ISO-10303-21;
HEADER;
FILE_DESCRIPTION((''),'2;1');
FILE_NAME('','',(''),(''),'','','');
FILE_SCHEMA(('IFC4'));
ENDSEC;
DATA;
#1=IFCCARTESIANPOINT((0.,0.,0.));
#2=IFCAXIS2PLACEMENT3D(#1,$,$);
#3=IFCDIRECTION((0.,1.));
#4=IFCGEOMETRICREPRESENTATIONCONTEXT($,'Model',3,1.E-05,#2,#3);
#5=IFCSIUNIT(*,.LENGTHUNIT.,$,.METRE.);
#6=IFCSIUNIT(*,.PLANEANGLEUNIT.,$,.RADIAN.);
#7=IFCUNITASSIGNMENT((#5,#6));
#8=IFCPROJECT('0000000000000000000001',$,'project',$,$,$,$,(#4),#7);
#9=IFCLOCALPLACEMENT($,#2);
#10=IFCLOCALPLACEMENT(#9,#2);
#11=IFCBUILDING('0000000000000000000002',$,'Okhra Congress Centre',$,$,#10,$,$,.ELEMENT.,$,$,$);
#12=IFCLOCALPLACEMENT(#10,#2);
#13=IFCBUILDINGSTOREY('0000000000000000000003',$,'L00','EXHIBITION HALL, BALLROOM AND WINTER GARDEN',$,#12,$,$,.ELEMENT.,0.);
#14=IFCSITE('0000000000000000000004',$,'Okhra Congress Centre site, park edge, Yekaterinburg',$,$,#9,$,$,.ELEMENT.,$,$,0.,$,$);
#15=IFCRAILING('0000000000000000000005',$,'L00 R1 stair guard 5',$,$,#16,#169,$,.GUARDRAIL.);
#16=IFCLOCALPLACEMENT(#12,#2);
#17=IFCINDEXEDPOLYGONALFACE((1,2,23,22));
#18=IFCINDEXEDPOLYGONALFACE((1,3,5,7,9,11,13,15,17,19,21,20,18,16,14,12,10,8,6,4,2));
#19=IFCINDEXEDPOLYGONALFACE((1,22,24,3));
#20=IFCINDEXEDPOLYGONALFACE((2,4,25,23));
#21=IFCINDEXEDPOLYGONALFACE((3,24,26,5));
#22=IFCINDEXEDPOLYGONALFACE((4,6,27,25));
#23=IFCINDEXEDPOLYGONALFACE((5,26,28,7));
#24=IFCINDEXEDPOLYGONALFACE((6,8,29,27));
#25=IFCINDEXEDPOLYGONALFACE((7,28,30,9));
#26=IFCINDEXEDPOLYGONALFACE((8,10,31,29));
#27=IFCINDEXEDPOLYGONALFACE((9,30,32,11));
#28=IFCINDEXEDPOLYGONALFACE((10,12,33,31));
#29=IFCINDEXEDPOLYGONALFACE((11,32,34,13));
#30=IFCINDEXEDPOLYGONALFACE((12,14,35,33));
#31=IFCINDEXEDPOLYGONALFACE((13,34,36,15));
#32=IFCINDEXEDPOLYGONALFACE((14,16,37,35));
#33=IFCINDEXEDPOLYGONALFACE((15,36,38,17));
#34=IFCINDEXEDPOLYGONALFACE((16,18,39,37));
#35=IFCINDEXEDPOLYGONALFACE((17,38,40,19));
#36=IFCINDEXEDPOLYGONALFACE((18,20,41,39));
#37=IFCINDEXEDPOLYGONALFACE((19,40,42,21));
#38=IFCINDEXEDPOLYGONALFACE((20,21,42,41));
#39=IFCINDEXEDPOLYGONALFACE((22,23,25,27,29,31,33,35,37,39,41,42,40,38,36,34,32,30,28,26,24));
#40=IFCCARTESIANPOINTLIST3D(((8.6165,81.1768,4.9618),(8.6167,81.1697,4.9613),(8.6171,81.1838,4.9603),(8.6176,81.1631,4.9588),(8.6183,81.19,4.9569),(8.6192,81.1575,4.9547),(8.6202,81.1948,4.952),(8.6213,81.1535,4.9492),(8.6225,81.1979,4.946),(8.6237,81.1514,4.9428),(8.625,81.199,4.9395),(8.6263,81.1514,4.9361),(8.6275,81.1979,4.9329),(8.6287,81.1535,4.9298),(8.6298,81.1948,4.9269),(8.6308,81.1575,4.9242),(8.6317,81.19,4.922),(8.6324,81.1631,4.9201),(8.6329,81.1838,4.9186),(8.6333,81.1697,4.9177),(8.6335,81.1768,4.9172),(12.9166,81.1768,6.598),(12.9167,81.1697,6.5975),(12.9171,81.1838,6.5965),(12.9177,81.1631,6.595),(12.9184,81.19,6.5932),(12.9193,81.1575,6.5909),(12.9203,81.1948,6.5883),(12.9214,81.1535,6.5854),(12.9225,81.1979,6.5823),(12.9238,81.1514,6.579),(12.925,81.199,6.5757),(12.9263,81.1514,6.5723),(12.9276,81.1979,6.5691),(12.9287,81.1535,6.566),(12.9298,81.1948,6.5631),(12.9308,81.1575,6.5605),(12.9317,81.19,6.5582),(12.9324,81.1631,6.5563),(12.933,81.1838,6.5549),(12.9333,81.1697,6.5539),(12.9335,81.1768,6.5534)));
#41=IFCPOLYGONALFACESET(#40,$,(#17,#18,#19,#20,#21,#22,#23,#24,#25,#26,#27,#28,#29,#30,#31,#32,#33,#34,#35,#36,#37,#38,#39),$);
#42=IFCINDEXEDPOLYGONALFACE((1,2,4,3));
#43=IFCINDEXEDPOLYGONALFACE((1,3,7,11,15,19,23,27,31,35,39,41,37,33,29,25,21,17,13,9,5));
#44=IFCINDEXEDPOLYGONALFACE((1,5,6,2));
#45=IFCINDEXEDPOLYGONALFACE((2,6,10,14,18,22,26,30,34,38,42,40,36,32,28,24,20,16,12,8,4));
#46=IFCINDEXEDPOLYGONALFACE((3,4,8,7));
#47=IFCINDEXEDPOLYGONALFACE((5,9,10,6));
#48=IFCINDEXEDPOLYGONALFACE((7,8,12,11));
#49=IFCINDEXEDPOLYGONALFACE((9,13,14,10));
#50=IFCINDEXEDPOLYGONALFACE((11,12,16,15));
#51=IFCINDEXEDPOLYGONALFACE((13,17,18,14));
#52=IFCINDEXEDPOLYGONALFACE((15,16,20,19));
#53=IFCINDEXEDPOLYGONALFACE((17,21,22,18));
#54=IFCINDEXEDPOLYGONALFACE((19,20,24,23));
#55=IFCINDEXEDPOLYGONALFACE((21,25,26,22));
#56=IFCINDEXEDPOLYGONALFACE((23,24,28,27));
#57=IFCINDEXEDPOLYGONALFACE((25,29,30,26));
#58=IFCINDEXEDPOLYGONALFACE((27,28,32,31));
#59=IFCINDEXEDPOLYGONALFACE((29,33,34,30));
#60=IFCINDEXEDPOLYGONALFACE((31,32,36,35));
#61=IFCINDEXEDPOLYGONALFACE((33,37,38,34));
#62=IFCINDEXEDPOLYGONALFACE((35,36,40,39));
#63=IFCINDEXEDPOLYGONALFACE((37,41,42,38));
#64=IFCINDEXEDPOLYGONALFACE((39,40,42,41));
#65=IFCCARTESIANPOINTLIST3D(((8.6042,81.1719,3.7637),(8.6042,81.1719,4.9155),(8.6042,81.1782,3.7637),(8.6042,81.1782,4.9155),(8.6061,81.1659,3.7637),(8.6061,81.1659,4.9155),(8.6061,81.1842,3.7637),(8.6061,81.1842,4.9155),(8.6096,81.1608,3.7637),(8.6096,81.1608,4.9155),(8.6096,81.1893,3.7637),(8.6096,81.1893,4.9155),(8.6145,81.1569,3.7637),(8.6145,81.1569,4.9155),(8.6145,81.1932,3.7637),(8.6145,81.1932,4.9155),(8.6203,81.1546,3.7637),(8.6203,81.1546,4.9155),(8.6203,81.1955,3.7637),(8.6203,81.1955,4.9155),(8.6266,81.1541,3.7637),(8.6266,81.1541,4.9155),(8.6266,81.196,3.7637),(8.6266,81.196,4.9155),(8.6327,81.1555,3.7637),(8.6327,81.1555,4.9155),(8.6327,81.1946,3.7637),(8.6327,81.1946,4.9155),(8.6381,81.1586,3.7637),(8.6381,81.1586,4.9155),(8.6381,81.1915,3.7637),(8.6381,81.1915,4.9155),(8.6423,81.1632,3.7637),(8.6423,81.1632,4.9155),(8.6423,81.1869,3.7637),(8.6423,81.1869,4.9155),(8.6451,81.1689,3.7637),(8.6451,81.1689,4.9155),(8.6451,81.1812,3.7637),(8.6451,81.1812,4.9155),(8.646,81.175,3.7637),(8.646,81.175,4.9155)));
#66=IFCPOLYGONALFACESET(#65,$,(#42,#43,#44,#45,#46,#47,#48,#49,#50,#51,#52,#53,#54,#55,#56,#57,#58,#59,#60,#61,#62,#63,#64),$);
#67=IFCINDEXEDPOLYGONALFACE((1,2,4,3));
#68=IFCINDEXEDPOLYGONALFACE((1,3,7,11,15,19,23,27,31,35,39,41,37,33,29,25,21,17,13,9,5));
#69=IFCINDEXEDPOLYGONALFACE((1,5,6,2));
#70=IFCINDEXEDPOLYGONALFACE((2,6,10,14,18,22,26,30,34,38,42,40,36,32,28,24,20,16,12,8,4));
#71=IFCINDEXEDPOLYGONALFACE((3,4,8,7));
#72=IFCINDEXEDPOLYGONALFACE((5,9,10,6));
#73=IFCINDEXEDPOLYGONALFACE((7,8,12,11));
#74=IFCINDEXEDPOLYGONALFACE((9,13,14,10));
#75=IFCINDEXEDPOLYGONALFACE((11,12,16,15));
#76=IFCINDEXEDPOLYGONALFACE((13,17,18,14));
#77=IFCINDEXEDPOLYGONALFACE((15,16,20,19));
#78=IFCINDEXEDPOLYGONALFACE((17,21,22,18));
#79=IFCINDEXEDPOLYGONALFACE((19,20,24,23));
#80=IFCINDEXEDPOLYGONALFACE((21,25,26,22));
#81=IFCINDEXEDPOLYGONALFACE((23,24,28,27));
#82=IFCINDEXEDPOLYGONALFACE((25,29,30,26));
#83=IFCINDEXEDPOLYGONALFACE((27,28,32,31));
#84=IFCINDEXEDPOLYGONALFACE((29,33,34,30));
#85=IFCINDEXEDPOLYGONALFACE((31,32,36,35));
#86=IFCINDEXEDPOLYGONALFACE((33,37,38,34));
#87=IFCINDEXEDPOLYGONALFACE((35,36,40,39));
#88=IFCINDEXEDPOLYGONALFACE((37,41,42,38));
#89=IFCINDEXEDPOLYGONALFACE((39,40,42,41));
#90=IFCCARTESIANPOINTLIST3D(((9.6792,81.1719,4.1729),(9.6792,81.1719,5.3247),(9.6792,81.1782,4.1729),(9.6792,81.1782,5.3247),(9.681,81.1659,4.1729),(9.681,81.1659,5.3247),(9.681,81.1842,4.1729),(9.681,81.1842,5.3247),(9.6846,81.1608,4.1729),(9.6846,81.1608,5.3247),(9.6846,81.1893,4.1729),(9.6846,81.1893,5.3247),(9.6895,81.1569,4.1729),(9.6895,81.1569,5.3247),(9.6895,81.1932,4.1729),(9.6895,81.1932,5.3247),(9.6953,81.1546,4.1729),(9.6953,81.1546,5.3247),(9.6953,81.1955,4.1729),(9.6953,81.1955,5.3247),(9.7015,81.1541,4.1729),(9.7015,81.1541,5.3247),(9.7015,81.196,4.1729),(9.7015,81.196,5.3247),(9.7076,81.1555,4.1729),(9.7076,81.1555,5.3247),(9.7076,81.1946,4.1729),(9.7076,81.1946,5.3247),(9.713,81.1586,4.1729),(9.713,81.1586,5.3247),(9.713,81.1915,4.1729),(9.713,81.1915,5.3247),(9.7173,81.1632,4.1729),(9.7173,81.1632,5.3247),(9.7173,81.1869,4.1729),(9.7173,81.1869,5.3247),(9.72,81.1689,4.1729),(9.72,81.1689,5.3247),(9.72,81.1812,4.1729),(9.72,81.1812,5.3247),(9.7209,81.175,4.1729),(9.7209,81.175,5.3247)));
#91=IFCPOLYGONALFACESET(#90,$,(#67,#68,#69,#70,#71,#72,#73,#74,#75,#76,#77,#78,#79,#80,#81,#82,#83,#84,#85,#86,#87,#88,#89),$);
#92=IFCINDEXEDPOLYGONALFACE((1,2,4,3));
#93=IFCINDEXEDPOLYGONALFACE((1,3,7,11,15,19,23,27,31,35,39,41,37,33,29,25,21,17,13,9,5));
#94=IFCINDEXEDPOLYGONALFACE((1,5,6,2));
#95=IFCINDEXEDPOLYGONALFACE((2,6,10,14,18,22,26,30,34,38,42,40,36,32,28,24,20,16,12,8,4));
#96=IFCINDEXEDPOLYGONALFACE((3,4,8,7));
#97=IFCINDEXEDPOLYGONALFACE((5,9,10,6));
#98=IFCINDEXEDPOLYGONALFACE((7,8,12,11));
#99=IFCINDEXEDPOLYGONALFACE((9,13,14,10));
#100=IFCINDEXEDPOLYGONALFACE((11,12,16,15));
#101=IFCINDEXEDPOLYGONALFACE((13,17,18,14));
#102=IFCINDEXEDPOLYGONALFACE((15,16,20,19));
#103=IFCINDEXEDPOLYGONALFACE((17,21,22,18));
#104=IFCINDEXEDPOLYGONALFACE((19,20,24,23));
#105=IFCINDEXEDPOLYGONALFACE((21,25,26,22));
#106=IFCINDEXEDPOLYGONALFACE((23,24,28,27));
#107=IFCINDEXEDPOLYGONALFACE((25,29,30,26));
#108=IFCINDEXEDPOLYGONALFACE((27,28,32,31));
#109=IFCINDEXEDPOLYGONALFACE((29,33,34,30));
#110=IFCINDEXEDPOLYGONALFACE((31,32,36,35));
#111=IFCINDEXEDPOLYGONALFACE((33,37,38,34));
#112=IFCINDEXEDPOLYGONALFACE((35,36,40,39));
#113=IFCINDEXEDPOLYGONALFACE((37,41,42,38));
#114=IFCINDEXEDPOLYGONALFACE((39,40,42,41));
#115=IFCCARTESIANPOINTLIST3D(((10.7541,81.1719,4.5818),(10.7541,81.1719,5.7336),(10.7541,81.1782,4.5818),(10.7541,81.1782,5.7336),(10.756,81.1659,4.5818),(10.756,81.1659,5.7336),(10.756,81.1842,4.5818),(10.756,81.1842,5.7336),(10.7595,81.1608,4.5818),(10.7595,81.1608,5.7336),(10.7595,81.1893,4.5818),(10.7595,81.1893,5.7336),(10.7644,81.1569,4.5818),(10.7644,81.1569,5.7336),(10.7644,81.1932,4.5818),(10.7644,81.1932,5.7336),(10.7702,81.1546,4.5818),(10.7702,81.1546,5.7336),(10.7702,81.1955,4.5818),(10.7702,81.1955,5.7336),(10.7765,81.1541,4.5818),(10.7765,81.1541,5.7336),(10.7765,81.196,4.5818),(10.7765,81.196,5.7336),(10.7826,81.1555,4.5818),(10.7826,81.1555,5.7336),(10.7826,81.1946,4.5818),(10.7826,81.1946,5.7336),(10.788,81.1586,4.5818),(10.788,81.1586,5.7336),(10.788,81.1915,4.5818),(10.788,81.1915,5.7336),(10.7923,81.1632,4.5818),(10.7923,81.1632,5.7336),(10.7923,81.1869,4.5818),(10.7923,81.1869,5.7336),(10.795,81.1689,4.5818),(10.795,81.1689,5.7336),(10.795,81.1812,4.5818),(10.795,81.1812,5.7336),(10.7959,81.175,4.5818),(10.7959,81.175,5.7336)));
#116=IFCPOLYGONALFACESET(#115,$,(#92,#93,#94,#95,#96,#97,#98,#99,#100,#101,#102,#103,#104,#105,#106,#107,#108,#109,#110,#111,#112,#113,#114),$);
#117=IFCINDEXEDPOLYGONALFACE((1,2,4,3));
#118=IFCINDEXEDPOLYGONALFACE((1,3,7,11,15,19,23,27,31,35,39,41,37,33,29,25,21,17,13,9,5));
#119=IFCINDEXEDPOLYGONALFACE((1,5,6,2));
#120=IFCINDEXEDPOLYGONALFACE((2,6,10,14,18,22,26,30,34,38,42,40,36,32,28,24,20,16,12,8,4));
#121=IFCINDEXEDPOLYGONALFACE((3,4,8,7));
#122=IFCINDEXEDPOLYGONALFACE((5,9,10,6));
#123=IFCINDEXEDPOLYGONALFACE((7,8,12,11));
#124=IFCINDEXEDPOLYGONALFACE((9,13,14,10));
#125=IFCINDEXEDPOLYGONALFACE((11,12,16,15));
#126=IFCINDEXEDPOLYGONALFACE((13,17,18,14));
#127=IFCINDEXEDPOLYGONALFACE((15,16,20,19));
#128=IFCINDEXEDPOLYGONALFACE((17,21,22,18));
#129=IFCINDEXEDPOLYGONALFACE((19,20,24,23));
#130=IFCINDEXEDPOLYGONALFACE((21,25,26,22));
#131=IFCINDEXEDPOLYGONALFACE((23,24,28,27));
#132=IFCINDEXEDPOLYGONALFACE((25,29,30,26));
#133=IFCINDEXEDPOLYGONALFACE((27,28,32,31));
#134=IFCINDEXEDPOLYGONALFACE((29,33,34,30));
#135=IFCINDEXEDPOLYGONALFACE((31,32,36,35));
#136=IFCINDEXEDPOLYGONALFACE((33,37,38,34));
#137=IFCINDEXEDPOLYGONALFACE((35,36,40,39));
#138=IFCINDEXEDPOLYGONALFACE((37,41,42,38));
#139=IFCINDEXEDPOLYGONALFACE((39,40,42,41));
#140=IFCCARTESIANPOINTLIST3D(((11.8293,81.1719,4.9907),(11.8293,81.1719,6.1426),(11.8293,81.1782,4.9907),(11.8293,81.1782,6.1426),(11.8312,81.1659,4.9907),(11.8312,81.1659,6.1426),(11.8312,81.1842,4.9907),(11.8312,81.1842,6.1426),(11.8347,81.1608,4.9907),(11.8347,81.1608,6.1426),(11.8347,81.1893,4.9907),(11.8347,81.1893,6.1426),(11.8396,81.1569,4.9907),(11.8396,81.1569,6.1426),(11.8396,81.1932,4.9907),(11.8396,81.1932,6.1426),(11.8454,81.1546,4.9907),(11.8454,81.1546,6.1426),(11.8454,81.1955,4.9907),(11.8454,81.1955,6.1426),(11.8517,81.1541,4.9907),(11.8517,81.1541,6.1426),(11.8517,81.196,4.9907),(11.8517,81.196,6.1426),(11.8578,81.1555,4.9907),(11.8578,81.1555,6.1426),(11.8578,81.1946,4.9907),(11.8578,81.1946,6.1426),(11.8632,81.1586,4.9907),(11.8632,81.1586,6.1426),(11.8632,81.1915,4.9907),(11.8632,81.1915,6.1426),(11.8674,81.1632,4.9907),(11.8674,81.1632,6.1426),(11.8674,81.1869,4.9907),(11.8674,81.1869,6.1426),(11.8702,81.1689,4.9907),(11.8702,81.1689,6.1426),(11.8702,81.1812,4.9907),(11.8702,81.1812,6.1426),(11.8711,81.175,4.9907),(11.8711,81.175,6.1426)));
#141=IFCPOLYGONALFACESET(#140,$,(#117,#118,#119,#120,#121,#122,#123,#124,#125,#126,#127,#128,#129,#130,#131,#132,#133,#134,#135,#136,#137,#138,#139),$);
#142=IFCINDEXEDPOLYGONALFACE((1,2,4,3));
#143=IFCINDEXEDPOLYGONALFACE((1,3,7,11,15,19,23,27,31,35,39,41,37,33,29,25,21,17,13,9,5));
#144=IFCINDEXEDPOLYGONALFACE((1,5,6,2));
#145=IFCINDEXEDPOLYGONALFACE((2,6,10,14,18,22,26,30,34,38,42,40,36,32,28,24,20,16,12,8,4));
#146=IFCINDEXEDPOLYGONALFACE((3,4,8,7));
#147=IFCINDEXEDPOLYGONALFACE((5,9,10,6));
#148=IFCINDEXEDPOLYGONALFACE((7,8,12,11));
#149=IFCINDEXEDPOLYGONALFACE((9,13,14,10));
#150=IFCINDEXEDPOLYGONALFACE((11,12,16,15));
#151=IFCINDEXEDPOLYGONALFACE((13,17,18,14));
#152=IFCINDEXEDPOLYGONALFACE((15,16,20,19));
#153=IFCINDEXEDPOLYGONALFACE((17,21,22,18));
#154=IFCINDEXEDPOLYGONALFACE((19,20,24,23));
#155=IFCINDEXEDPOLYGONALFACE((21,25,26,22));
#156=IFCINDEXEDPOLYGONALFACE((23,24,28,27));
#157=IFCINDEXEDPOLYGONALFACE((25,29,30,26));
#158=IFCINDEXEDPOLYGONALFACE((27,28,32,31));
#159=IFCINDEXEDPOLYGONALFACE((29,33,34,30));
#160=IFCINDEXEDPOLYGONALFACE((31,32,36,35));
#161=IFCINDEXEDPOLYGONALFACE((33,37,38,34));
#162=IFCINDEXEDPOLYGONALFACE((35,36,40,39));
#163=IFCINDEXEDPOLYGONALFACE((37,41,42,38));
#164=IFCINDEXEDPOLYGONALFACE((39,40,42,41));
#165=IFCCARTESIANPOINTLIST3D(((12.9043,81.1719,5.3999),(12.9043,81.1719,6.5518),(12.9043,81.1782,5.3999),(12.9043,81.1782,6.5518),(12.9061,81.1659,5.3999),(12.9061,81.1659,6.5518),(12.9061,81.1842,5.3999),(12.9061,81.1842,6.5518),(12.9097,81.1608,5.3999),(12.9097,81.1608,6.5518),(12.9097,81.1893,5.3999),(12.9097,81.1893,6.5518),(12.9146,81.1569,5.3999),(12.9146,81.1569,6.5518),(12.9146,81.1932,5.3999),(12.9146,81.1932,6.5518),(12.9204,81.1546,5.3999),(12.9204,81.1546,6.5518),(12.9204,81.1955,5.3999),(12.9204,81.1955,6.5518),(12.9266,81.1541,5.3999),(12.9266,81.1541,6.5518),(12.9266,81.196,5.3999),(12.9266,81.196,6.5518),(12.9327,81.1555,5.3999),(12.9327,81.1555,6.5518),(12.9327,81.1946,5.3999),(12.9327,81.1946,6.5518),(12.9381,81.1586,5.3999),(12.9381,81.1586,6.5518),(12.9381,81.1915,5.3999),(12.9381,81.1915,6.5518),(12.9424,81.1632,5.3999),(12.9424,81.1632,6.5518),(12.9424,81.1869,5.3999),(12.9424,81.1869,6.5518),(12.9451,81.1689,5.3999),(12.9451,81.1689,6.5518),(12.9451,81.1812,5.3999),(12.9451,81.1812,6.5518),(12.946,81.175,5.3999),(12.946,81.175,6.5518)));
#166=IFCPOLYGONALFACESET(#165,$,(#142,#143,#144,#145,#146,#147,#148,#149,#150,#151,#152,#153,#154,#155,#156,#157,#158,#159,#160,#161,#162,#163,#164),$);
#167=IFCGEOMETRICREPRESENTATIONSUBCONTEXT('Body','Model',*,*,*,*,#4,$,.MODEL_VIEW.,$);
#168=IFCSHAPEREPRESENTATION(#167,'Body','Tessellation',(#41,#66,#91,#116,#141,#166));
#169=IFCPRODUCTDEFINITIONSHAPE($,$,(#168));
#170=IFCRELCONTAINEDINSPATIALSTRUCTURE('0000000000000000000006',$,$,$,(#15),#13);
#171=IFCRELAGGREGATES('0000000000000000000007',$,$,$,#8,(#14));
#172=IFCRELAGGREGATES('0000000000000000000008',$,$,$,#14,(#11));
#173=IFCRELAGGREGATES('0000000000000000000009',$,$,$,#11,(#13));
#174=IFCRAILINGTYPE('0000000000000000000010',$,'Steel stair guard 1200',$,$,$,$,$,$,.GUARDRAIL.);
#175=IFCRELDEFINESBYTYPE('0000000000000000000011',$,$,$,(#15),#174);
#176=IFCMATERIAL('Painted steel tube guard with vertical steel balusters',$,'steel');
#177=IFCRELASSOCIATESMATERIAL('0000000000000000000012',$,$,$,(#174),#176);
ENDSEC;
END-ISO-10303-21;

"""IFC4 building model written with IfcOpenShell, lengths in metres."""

from ifc_helpers import new_model, si_unit, direction, frame, origin, origin_2d, place, context, subcontext, project, spatial, circle, extrude, material, type_object, element, save


model = new_model("IFC4")

# Units and contexts
model_context = context("Model", 3, precision=1e-05, world=origin(), true_north=direction((0.0, 1.0)))
body_context = subcontext(model_context, "Body", "Model", "MODEL_VIEW")
ifc_project = project(units=[si_unit("LENGTHUNIT", "METRE"), si_unit("PLANEANGLEUNIT", "RADIAN")], contexts=[model_context])

# Site, building, storey
site_placement = place(None, origin())
site = spatial("IfcSite", under=ifc_project, at=site_placement, Name="Okhra Congress Centre site, park edge, Yekaterinburg", CompositionType="ELEMENT", RefElevation=0.0)
building_placement = place(site_placement, origin())
building = spatial("IfcBuilding", under=site, at=building_placement, Name="Okhra Congress Centre", CompositionType="ELEMENT")
storey_placement = place(building_placement, origin())
storey = spatial("IfcBuildingStorey", under=building, at=storey_placement, Name="L00", Description="EXHIBITION HALL, BALLROOM AND WINTER GARDEN", CompositionType="ELEMENT", Elevation=0.0)

# Railing
ifc_material_1 = material(Name="Painted steel tube guard with vertical steel balusters", Category="steel")
railing_type_1 = type_object("IfcRailingType", Name="Steel stair guard 1200", PredefinedType="GUARDRAIL", material=ifc_material_1)
railing_1_placement = place(storey_placement, frame((8.625, 81.175, 3.7637)))
element("IfcRailing", 1, at=railing_1_placement, inside=storey, type_object=railing_type_1, Name="L00 R1 stair guard 5", PredefinedType="GUARDRAIL", context=body_context, shape_type="SweptSolid", body=[
    extrude(circle(Radius=0.0239, at=origin_2d()), frame((0.0, 0.0, 1.1758), z_axis=(0.934624, 0.0, 0.355638), x_axis=(0.0, 1.0, 0.0)), (0.0, 0.0, 1.0), 4.6008),
    extrude(circle(Radius=0.021, at=origin_2d()), origin(), (0.0, 0.0, 1.0), 1.1519),
    extrude(circle(Radius=0.021, at=origin_2d()), frame((1.075, 0.0, 0.4092)), (0.0, 0.0, 1.0), 1.1519),
    extrude(circle(Radius=0.021, at=origin_2d()), frame((2.1499, 0.0, 0.8181)), (0.0, 0.0, 1.0), 1.1519),
    extrude(circle(Radius=0.021, at=origin_2d()), frame((3.2251, 0.0, 1.2271)), (0.0, 0.0, 1.0), 1.1519),
    extrude(circle(Radius=0.021, at=origin_2d()), frame((4.3, 0.0, 1.6362)), (0.0, 0.0, 1.0), 1.1519),
])

save(model, "model.ifc")
